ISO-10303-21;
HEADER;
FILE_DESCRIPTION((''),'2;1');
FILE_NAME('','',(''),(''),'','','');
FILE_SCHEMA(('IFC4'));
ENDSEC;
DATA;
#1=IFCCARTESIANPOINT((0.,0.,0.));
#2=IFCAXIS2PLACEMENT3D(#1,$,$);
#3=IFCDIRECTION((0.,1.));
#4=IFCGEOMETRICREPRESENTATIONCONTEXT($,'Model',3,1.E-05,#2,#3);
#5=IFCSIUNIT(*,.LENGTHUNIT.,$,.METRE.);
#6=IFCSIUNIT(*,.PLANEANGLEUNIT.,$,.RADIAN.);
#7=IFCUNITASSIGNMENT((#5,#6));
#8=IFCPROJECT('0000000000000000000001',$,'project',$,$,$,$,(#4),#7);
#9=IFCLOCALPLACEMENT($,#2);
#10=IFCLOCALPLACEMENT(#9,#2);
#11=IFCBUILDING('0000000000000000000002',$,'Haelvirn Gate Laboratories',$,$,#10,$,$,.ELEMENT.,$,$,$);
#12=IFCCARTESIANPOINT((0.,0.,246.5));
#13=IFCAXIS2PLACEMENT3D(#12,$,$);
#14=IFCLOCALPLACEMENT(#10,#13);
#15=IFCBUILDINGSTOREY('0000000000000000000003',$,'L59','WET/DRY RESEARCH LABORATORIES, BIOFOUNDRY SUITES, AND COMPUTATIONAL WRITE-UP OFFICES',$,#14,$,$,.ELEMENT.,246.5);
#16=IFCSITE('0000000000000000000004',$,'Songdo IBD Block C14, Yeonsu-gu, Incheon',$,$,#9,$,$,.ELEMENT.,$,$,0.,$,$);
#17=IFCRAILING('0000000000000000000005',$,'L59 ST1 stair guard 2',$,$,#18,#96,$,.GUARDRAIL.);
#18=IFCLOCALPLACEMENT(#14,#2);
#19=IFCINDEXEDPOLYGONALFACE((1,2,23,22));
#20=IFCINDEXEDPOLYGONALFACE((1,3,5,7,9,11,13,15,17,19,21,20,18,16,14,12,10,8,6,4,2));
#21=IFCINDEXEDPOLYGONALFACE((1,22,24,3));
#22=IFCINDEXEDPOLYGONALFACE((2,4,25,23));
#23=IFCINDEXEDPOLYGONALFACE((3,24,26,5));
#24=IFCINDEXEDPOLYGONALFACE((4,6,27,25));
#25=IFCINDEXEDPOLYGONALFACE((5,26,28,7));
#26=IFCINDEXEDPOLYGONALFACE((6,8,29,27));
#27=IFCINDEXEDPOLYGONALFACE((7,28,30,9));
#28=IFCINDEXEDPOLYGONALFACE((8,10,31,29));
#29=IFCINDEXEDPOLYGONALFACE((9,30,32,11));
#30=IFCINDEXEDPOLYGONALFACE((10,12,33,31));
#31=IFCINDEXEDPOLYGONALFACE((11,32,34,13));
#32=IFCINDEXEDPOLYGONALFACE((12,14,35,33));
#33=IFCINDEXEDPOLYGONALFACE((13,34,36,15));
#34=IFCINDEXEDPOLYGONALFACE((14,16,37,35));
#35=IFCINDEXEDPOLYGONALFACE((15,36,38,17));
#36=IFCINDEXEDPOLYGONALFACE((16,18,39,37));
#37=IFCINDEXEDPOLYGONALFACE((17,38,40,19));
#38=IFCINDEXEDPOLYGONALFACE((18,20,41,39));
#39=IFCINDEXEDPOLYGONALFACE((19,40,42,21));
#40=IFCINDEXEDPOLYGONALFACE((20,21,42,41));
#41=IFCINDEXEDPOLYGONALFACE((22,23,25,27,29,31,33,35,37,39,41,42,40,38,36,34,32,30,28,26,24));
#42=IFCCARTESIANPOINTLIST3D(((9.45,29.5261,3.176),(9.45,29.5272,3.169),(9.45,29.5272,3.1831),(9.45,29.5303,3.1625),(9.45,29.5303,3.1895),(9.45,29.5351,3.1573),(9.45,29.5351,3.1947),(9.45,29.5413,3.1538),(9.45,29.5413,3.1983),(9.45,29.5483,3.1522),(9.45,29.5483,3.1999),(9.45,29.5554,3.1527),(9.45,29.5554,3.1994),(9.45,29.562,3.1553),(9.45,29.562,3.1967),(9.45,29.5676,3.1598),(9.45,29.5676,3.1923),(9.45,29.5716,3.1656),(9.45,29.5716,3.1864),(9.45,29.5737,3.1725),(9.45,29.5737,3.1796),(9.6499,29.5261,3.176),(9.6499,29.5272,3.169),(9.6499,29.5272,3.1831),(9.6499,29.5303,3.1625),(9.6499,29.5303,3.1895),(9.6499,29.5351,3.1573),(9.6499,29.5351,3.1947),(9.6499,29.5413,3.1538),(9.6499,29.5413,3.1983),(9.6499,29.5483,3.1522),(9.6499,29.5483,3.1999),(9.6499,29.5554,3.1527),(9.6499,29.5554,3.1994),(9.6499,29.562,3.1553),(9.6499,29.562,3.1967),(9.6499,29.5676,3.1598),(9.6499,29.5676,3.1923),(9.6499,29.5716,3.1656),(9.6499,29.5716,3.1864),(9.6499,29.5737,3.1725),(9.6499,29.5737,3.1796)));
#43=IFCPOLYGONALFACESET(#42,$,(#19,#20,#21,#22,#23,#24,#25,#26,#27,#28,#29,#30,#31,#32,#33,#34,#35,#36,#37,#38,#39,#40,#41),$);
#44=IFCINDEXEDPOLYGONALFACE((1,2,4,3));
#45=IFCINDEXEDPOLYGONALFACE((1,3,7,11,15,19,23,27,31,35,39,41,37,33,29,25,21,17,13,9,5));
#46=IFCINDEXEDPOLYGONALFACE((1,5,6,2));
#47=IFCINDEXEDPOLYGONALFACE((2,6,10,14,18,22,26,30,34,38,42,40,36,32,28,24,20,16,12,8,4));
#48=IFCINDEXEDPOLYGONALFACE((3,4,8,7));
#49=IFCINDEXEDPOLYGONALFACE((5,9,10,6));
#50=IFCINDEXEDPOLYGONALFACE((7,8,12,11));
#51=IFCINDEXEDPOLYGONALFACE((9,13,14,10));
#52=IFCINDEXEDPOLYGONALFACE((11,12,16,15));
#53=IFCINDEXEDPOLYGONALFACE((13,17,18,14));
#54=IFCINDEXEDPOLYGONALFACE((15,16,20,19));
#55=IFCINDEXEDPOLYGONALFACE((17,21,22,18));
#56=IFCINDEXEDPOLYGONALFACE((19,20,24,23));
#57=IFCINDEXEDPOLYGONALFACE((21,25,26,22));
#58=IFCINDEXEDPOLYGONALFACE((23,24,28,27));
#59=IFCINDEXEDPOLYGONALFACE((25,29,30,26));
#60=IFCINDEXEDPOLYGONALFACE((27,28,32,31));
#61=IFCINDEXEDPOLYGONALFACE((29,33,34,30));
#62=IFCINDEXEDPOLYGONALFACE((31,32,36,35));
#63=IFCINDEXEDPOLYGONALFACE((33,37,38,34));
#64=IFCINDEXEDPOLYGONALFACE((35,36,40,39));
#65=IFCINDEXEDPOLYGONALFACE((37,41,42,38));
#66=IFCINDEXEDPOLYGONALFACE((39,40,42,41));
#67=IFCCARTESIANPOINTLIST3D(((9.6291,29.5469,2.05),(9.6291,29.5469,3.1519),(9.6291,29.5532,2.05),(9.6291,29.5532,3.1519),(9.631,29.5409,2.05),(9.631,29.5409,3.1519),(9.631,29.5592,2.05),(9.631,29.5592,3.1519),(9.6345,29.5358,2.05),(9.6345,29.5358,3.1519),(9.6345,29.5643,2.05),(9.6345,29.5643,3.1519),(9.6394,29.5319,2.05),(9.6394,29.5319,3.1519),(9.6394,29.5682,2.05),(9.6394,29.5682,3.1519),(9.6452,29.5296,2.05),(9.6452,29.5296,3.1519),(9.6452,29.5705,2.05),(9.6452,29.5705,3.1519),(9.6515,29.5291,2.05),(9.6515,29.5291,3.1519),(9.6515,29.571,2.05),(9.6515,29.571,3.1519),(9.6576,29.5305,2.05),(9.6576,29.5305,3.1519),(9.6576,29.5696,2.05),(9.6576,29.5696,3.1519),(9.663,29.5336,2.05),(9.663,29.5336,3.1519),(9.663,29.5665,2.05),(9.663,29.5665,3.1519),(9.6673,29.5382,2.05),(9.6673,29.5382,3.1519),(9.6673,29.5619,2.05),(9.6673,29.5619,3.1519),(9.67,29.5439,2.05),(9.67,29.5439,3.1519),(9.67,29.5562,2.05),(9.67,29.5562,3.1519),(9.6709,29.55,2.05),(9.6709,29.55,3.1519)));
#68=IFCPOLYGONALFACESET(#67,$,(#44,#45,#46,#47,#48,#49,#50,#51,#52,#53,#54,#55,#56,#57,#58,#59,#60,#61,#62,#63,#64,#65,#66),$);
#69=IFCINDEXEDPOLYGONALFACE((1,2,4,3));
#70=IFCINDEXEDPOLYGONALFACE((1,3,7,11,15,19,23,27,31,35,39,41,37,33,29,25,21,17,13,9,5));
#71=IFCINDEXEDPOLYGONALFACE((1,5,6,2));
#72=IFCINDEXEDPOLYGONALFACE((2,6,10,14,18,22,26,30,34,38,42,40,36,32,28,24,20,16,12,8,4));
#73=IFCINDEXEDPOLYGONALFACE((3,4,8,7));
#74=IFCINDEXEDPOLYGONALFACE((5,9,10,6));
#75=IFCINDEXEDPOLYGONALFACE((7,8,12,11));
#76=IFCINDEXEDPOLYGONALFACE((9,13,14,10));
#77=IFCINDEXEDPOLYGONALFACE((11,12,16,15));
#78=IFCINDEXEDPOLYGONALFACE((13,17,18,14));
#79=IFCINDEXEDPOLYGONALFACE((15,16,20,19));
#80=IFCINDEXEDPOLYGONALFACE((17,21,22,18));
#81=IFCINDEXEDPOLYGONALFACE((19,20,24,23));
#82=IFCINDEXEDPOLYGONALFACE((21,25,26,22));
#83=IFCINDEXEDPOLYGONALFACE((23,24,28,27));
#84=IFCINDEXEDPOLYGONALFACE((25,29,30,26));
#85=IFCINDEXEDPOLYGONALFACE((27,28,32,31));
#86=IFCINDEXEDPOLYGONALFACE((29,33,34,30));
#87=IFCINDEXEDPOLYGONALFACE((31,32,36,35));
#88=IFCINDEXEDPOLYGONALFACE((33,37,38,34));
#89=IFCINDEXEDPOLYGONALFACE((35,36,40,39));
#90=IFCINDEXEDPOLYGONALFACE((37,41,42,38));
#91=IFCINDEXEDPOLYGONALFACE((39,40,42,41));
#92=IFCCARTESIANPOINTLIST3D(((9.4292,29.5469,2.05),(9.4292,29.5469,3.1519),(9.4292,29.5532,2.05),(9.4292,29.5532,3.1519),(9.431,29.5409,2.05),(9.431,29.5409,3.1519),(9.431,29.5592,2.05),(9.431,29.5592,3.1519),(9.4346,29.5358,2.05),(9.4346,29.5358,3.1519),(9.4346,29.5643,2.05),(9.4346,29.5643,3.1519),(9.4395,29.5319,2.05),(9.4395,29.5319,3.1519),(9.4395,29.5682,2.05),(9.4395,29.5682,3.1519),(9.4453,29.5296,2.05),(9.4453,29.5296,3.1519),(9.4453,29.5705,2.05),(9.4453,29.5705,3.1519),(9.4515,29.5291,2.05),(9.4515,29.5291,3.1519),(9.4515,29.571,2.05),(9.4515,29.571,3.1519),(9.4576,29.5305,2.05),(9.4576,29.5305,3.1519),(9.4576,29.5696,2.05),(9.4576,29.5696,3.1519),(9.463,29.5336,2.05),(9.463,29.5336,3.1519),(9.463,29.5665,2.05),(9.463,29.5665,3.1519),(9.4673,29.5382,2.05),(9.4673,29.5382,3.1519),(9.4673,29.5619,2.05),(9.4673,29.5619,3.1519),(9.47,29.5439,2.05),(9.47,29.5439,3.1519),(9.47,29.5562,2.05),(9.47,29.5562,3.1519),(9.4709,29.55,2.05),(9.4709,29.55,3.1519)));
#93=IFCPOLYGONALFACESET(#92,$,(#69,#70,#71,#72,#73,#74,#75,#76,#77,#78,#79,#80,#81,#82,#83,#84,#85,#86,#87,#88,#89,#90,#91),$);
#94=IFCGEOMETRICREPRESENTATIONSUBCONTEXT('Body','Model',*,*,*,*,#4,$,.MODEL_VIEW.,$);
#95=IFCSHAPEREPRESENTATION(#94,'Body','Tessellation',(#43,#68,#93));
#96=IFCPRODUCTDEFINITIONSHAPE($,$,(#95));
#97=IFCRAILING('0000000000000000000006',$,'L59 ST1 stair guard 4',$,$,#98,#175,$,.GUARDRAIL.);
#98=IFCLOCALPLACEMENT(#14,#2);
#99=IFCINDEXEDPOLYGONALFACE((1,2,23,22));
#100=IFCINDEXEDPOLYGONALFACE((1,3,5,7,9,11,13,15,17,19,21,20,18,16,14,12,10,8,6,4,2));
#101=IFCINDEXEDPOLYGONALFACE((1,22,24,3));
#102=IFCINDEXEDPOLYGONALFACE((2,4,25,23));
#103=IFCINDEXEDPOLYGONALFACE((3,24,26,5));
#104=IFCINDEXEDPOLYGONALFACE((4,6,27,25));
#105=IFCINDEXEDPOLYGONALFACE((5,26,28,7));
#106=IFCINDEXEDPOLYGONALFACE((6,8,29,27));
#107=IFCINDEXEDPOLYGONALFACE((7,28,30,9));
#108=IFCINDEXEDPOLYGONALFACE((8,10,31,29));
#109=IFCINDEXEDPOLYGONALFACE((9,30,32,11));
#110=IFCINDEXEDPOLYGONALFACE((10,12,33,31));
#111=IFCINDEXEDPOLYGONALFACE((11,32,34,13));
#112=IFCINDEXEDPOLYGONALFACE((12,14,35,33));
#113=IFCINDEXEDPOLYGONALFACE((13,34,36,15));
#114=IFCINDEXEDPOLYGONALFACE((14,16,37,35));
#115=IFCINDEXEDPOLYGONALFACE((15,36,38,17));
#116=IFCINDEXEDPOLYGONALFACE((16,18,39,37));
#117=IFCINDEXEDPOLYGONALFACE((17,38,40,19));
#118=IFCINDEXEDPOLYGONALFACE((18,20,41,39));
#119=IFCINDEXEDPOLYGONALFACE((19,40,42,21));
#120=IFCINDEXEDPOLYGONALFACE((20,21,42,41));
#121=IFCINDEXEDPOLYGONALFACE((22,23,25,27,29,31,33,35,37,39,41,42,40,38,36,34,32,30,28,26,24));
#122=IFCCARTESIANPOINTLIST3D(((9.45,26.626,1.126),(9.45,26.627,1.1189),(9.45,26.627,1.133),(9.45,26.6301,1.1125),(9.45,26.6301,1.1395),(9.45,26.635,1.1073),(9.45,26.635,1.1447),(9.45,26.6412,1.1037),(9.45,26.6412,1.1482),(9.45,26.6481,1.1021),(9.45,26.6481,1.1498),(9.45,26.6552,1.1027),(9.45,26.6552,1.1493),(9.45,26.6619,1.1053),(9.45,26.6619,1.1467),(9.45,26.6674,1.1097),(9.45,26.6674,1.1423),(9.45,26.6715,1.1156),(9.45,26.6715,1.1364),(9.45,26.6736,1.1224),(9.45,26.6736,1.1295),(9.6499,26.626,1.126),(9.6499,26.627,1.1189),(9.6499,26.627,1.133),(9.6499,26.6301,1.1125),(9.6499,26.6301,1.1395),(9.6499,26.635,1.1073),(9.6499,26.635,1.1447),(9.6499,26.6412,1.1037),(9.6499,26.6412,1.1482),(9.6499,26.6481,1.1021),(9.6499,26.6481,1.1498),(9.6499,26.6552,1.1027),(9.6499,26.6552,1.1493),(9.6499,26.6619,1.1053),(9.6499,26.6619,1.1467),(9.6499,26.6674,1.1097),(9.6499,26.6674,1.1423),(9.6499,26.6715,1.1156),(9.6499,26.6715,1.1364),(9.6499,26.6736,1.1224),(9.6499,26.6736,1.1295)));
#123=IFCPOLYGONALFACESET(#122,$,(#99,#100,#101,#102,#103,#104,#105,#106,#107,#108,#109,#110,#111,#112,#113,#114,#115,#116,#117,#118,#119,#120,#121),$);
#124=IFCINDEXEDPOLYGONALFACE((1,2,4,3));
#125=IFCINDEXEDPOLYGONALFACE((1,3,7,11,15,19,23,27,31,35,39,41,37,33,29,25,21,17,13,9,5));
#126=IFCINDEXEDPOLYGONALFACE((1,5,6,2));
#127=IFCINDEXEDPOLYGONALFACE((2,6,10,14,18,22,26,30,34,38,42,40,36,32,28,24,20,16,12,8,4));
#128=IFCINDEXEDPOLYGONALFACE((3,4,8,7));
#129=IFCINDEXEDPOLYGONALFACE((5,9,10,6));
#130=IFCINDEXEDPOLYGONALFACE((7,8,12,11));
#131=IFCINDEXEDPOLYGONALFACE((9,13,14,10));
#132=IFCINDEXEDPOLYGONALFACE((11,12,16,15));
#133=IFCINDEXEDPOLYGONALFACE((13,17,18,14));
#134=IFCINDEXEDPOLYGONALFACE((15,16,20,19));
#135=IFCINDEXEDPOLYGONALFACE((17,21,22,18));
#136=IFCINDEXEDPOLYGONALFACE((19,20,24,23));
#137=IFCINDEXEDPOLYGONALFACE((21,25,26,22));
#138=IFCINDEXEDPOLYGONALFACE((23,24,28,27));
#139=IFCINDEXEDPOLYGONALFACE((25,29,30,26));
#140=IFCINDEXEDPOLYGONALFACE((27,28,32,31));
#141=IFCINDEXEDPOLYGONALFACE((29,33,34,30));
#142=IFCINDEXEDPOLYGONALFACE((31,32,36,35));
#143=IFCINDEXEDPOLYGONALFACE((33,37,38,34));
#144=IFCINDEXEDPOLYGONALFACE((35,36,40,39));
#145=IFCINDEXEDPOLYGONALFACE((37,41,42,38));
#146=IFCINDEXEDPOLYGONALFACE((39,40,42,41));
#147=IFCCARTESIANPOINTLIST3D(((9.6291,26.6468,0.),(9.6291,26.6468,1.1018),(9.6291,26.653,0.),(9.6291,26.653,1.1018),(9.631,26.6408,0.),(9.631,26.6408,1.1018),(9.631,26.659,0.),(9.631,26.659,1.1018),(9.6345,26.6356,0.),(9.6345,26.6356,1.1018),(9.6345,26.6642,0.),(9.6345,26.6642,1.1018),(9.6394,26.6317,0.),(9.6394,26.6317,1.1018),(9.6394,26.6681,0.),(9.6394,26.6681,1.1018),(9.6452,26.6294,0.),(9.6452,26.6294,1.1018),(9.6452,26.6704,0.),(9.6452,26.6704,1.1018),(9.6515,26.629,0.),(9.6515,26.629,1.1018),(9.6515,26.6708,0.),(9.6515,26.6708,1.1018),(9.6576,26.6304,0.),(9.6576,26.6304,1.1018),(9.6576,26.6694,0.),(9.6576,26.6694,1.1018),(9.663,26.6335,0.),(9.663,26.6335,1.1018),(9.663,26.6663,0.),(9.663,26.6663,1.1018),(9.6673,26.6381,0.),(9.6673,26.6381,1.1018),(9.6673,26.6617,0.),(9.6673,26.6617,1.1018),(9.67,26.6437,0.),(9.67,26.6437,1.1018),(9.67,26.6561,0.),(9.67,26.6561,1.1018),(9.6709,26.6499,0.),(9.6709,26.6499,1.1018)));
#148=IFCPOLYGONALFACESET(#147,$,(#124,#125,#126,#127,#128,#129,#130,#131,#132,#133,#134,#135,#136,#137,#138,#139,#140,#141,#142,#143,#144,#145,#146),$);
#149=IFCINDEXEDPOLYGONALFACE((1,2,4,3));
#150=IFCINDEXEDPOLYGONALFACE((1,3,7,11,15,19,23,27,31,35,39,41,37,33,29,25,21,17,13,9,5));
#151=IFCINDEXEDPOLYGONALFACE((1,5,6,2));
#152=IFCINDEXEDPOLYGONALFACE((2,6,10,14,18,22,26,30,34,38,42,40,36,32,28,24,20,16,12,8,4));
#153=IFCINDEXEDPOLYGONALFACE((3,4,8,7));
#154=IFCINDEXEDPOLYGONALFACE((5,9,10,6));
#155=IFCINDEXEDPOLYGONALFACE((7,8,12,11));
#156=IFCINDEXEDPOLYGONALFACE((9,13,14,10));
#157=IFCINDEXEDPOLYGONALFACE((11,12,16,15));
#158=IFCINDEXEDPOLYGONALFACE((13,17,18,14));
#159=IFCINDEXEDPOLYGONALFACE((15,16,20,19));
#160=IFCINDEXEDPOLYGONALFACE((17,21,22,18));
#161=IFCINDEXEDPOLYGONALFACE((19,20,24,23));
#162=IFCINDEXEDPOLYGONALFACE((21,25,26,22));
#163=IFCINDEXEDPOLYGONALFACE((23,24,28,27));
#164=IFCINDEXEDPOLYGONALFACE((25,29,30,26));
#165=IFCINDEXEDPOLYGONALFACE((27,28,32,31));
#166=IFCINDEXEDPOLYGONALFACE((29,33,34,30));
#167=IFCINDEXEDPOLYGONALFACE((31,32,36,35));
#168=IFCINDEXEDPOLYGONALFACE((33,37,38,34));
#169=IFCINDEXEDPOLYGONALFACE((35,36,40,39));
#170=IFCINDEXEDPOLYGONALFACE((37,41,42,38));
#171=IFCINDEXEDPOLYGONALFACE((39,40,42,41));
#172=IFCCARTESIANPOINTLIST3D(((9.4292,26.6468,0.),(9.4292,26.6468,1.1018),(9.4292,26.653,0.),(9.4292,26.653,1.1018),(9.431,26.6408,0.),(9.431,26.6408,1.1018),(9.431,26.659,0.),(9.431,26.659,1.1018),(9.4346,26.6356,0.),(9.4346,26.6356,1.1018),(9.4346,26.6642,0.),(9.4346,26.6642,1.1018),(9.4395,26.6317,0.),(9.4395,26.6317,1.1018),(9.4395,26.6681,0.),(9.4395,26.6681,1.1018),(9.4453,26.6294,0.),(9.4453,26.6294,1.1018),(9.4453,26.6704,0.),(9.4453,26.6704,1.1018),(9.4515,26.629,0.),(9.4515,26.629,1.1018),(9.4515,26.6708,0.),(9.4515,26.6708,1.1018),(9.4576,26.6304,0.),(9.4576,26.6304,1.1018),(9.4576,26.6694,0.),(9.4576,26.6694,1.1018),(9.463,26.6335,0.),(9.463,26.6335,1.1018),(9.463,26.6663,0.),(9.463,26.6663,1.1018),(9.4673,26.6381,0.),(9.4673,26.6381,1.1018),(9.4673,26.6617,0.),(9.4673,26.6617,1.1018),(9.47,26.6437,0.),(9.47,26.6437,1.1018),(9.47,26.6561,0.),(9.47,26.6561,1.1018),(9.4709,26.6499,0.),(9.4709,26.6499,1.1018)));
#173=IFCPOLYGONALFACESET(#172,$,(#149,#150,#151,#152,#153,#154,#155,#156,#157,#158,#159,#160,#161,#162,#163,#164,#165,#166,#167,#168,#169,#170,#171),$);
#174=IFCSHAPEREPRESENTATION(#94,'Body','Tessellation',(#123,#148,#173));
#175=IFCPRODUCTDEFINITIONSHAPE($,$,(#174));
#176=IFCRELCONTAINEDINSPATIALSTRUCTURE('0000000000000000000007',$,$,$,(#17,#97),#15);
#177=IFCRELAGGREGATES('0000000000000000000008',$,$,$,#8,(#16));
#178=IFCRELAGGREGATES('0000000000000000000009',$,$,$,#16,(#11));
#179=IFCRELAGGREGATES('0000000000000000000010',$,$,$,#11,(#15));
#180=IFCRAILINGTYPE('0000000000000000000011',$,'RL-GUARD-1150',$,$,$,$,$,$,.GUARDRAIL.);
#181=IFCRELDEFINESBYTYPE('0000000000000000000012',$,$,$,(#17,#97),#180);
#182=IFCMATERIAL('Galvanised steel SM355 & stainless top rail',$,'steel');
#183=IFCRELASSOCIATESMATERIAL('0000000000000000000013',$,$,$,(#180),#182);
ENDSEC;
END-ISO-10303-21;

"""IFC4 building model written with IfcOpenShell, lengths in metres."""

from ifc_helpers import new_model, si_unit, direction, frame, origin, origin_2d, place, context, subcontext, project, spatial, circle, extrude, source, transform, mapped, material, type_object, element, save


model = new_model("IFC4")

# Units and contexts
model_context = context("Model", 3, precision=1e-05, world=origin(), true_north=direction((0.0, 1.0)))
body_context = subcontext(model_context, "Body", "Model", "MODEL_VIEW")
ifc_project = project(units=[si_unit("LENGTHUNIT", "METRE"), si_unit("PLANEANGLEUNIT", "RADIAN")], contexts=[model_context])

# Site, building, storey
site_placement = place(None, origin())
site = spatial("IfcSite", under=ifc_project, at=site_placement, Name="Songdo IBD Block C14, Yeonsu-gu, Incheon", CompositionType="ELEMENT", RefElevation=0.0)
building_placement = place(site_placement, origin())
building = spatial("IfcBuilding", under=site, at=building_placement, Name="Haelvirn Gate Laboratories", CompositionType="ELEMENT")
storey_placement = place(building_placement, frame((0.0, 0.0, 246.5)))
storey = spatial("IfcBuildingStorey", under=building, at=storey_placement, Name="L59", Description="WET/DRY RESEARCH LABORATORIES, BIOFOUNDRY SUITES, AND COMPUTATIONAL WRITE-UP OFFICES", CompositionType="ELEMENT", Elevation=246.5)

# Railings
ifc_material_1 = material(Name="Galvanised steel SM355 & stainless top rail", Category="steel")
railing_type_1 = type_object("IfcRailingType", Name="RL-GUARD-1150", PredefinedType="GUARDRAIL", material=ifc_material_1)
shared_shape_1 = source(origin(), body_context, "Body", "SweptSolid", [
    extrude(circle(Radius=0.0239, at=origin_2d()), frame((0.0, 0.0, 1.126), z_axis=(-1.0, 0.0, 0.0), x_axis=(0.0, -1.0, 0.0)), (0.0, 0.0, 1.0), 0.2),
    extrude(circle(Radius=0.021, at=origin_2d()), origin(), (0.0, 0.0, 1.0), 1.1018),
    extrude(circle(Radius=0.021, at=origin_2d()), frame((-0.2, 0.0, 0.0)), (0.0, 0.0, 1.0), 1.1018),
])
for number, where, name in (
    (1, (9.6499, 29.55, 2.05), "L59 ST1 stair guard 2"),
    (2, (9.6499, 26.6499, 0.0), "L59 ST1 stair guard 4"),
):
    element("IfcRailing", number, at=place(storey_placement, frame(where)), inside=storey, type_object=railing_type_1, Name=name, PredefinedType="GUARDRAIL", context=body_context, shape_type="MappedRepresentation", body=[
        mapped(shared_shape_1, transform((0.0, 0.0, 0.0), scale=1.0)),
    ])

save(model, "model.ifc")
